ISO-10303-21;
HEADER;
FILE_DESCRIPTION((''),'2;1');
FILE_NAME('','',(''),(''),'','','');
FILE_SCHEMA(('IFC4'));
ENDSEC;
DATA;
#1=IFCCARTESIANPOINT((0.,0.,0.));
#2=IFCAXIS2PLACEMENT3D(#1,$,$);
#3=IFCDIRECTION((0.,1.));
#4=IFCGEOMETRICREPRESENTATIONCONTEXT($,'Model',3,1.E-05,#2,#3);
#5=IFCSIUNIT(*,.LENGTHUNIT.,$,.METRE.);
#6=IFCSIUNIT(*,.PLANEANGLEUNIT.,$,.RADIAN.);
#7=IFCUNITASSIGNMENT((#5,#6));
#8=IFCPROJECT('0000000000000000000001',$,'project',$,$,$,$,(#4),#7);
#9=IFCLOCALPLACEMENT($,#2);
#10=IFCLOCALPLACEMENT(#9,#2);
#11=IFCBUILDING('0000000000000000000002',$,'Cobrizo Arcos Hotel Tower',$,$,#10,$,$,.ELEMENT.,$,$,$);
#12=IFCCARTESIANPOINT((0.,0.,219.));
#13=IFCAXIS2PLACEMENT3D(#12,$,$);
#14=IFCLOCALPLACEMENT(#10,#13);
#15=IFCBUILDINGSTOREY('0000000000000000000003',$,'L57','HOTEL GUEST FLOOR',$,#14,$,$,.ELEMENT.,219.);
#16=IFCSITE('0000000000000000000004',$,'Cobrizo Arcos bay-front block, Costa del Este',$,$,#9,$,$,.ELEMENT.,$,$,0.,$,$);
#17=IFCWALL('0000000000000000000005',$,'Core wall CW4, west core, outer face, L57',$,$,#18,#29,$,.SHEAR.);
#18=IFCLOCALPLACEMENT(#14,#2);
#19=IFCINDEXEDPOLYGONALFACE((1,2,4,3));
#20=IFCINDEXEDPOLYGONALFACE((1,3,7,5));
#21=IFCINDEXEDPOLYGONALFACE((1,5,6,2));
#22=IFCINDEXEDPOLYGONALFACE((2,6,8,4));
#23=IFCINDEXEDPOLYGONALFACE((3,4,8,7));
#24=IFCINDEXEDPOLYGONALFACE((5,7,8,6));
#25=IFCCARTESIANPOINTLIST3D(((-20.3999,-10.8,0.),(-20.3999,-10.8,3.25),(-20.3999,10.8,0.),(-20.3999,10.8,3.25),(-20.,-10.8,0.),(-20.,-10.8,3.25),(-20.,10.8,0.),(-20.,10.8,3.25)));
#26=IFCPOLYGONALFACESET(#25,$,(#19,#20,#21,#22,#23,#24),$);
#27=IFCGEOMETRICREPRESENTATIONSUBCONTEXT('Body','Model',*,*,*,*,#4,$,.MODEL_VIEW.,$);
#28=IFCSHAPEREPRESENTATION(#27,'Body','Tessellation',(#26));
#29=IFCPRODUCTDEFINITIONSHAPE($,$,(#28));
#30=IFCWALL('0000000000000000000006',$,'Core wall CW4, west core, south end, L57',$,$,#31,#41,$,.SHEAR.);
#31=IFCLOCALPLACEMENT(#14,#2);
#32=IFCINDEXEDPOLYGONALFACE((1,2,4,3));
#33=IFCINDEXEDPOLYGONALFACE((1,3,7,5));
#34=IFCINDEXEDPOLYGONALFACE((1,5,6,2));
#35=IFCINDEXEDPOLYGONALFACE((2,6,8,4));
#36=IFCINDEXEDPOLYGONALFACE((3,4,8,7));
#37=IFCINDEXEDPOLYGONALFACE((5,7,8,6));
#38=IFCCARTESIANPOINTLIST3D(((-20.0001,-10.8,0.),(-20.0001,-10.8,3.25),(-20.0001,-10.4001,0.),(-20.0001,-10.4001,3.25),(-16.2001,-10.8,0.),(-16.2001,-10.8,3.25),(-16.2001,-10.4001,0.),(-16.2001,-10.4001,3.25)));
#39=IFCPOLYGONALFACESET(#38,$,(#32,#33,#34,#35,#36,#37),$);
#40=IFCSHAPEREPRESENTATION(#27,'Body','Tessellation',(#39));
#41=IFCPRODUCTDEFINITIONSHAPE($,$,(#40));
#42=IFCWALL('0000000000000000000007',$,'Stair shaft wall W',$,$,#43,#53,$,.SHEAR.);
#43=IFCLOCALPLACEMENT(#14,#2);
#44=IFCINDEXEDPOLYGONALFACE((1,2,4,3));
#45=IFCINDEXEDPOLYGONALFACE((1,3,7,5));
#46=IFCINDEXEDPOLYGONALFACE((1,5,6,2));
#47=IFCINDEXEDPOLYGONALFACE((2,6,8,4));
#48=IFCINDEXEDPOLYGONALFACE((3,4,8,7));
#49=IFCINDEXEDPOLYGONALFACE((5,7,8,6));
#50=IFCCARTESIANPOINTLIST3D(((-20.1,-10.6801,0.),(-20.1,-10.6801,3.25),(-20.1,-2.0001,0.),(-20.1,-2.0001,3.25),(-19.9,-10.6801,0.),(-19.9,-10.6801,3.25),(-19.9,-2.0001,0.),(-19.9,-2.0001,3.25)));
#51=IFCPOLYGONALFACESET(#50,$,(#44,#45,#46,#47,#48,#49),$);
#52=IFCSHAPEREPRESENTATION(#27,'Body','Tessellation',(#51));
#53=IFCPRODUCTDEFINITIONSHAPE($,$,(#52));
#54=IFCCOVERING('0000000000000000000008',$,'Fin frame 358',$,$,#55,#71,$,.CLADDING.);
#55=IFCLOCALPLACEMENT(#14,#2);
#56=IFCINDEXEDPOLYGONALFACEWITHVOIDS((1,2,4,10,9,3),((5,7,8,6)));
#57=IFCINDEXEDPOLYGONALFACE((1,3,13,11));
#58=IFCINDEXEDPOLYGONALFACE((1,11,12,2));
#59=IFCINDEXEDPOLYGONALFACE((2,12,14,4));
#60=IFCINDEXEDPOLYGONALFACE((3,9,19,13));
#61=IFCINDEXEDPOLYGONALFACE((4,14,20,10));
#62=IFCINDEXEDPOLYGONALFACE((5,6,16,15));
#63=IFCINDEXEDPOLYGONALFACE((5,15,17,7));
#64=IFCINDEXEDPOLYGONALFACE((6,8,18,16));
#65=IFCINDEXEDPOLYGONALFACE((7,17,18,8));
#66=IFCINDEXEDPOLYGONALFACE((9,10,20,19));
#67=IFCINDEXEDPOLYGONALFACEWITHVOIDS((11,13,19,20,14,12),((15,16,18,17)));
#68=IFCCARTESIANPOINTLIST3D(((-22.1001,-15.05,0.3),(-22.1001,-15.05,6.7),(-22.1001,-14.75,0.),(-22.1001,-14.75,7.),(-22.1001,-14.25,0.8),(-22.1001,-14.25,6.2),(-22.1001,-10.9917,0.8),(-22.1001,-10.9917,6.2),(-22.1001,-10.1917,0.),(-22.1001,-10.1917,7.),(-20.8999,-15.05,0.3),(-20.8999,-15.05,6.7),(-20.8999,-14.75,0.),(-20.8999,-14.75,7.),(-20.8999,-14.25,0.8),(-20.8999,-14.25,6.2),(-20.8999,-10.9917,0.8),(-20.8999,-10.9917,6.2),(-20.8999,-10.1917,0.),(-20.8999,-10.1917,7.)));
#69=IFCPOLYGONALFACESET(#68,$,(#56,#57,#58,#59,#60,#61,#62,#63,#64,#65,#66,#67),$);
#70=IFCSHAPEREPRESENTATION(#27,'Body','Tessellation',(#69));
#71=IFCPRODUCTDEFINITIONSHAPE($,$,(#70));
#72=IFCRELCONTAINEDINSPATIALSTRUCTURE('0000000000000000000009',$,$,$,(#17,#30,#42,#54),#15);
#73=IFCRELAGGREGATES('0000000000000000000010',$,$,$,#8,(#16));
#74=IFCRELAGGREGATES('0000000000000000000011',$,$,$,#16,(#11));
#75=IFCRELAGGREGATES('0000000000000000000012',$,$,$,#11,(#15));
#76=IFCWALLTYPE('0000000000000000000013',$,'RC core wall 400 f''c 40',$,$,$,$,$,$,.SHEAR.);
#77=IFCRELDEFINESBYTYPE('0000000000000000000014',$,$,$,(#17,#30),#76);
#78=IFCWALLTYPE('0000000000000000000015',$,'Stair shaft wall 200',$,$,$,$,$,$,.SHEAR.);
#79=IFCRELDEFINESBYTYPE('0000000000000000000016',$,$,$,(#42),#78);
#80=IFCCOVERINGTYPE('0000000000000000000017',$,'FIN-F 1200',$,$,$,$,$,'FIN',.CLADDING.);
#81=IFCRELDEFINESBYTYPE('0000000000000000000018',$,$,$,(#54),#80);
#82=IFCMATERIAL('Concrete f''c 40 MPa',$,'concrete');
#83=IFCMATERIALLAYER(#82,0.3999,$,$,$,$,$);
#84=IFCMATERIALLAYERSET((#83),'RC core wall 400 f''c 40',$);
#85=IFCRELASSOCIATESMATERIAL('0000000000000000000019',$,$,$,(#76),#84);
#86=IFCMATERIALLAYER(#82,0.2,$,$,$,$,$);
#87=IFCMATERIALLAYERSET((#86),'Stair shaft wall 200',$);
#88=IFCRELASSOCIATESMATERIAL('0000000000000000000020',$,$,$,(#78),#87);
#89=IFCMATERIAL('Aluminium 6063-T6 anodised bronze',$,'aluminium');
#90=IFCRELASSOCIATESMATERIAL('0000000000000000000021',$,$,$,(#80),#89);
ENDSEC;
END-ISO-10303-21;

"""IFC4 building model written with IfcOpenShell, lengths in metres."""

from ifc_helpers import new_model, si_unit, direction, frame, frame_2d, origin, place, context, subcontext, project, spatial, polyline, rectangle, outline, extrude, material, layer, layer_set, type_object, element, save


model = new_model("IFC4")

# Units and contexts
model_context = context("Model", 3, precision=1e-05, world=origin(), true_north=direction((0.0, 1.0)))
body_context = subcontext(model_context, "Body", "Model", "MODEL_VIEW")
ifc_project = project(units=[si_unit("LENGTHUNIT", "METRE"), si_unit("PLANEANGLEUNIT", "RADIAN")], contexts=[model_context])

# Site, building, storey
site_placement = place(None, origin())
site = spatial("IfcSite", under=ifc_project, at=site_placement, Name="Cobrizo Arcos bay-front block, Costa del Este", CompositionType="ELEMENT", RefElevation=0.0)
building_placement = place(site_placement, origin())
building = spatial("IfcBuilding", under=site, at=building_placement, Name="Cobrizo Arcos Hotel Tower", CompositionType="ELEMENT")
storey_placement = place(building_placement, frame((0.0, 0.0, 219.0)))
storey = spatial("IfcBuildingStorey", under=building, at=storey_placement, Name="L57", Description="HOTEL GUEST FLOOR", CompositionType="ELEMENT", Elevation=219.0)

# Shared definitions
ifc_material_1 = material(Name="Aluminium 6063-T6 anodised bronze", Category="aluminium")

# Shared definitions
ifc_material_2 = material(Name="Concrete f'c 40 MPa", Category="concrete")
ifc_layer_1 = layer(ifc_material_2, 0.3999)
ifc_layer_set_1 = layer_set([ifc_layer_1], Name="RC core wall 400 f'c 40")
wall_type_1 = type_object("IfcWallType", Name="RC core wall 400 f'c 40", PredefinedType="SHEAR", material=ifc_layer_set_1)

# Walls
wall_1_placement = place(storey_placement, frame((-20.2, -10.8, 0.0), z_axis=(0.0, 0.0, 1.0), x_axis=(0.0, 1.0, 0.0)))
element("IfcWall", 1, at=wall_1_placement, inside=storey, type_object=wall_type_1, Name="Core wall CW4, west core, outer face, L57", PredefinedType="SHEAR", context=body_context, shape_type="SweptSolid", body=[
    extrude(rectangle(XDim=21.6001, YDim=0.3999, at=frame_2d((10.8, 0.0))), origin(), (0.0, 0.0, 1.0), 3.25),
])
wall_2_placement = place(storey_placement, frame((-20.0, -10.6001, 0.0), z_axis=(0.0, 0.0, 1.0), x_axis=(1.0, 0.0, 0.0)))
element("IfcWall", 2, at=wall_2_placement, inside=storey, type_object=wall_type_1, Name="Core wall CW4, west core, south end, L57", PredefinedType="SHEAR", context=body_context, shape_type="SweptSolid", body=[
    extrude(rectangle(XDim=3.8, YDim=0.3999, at=frame_2d((1.8999, 0.0))), origin(), (0.0, 0.0, 1.0), 3.25),
])
ifc_layer_2 = layer(ifc_material_2, 0.2)
ifc_layer_set_2 = layer_set([ifc_layer_2], Name="Stair shaft wall 200")
wall_type_2 = type_object("IfcWallType", Name="Stair shaft wall 200", PredefinedType="SHEAR", material=ifc_layer_set_2)
wall_3_placement = place(storey_placement, frame((-20.0, -10.6799, 0.0), z_axis=(0.0, 0.0, 1.0), x_axis=(0.0, 1.0, 0.0)))
element("IfcWall", 3, at=wall_3_placement, inside=storey, type_object=wall_type_2, Name="Stair shaft wall W", PredefinedType="SHEAR", context=body_context, shape_type="SweptSolid", body=[
    extrude(rectangle(XDim=8.6799, YDim=0.2, at=frame_2d((4.3398, 0.0))), origin(), (0.0, 0.0, 1.0), 3.25),
])

# Covering
covering_type = type_object("IfcCoveringType", Name="FIN-F 1200", ElementType="FIN", PredefinedType="CLADDING", material=ifc_material_1)
covering_placement = place(storey_placement, frame((-20.8999, -10.1917, 0.0), z_axis=(-1.0, 0.0, 0.0), x_axis=(0.0, -1.0, 0.0)))
element("IfcCovering", 4, at=covering_placement, inside=storey, type_object=covering_type, Name="Fin frame 358", PredefinedType="CLADDING", context=body_context, shape_type="SweptSolid", body=[
    extrude(outline(polyline([(0.0, 7.0), (0.0, 0.0), (4.5583, 0.0), (4.8584, 0.3), (4.8584, 6.7), (4.5583, 7.0), (0.0, 7.0)]), holes=[polyline([(4.0583, 0.8), (0.8, 0.8), (0.8, 6.2), (4.0583, 6.2), (4.0583, 0.8)])]), origin(), (0.0, 0.0, 1.0), 1.2002),
])

save(model, "model.ifc")
